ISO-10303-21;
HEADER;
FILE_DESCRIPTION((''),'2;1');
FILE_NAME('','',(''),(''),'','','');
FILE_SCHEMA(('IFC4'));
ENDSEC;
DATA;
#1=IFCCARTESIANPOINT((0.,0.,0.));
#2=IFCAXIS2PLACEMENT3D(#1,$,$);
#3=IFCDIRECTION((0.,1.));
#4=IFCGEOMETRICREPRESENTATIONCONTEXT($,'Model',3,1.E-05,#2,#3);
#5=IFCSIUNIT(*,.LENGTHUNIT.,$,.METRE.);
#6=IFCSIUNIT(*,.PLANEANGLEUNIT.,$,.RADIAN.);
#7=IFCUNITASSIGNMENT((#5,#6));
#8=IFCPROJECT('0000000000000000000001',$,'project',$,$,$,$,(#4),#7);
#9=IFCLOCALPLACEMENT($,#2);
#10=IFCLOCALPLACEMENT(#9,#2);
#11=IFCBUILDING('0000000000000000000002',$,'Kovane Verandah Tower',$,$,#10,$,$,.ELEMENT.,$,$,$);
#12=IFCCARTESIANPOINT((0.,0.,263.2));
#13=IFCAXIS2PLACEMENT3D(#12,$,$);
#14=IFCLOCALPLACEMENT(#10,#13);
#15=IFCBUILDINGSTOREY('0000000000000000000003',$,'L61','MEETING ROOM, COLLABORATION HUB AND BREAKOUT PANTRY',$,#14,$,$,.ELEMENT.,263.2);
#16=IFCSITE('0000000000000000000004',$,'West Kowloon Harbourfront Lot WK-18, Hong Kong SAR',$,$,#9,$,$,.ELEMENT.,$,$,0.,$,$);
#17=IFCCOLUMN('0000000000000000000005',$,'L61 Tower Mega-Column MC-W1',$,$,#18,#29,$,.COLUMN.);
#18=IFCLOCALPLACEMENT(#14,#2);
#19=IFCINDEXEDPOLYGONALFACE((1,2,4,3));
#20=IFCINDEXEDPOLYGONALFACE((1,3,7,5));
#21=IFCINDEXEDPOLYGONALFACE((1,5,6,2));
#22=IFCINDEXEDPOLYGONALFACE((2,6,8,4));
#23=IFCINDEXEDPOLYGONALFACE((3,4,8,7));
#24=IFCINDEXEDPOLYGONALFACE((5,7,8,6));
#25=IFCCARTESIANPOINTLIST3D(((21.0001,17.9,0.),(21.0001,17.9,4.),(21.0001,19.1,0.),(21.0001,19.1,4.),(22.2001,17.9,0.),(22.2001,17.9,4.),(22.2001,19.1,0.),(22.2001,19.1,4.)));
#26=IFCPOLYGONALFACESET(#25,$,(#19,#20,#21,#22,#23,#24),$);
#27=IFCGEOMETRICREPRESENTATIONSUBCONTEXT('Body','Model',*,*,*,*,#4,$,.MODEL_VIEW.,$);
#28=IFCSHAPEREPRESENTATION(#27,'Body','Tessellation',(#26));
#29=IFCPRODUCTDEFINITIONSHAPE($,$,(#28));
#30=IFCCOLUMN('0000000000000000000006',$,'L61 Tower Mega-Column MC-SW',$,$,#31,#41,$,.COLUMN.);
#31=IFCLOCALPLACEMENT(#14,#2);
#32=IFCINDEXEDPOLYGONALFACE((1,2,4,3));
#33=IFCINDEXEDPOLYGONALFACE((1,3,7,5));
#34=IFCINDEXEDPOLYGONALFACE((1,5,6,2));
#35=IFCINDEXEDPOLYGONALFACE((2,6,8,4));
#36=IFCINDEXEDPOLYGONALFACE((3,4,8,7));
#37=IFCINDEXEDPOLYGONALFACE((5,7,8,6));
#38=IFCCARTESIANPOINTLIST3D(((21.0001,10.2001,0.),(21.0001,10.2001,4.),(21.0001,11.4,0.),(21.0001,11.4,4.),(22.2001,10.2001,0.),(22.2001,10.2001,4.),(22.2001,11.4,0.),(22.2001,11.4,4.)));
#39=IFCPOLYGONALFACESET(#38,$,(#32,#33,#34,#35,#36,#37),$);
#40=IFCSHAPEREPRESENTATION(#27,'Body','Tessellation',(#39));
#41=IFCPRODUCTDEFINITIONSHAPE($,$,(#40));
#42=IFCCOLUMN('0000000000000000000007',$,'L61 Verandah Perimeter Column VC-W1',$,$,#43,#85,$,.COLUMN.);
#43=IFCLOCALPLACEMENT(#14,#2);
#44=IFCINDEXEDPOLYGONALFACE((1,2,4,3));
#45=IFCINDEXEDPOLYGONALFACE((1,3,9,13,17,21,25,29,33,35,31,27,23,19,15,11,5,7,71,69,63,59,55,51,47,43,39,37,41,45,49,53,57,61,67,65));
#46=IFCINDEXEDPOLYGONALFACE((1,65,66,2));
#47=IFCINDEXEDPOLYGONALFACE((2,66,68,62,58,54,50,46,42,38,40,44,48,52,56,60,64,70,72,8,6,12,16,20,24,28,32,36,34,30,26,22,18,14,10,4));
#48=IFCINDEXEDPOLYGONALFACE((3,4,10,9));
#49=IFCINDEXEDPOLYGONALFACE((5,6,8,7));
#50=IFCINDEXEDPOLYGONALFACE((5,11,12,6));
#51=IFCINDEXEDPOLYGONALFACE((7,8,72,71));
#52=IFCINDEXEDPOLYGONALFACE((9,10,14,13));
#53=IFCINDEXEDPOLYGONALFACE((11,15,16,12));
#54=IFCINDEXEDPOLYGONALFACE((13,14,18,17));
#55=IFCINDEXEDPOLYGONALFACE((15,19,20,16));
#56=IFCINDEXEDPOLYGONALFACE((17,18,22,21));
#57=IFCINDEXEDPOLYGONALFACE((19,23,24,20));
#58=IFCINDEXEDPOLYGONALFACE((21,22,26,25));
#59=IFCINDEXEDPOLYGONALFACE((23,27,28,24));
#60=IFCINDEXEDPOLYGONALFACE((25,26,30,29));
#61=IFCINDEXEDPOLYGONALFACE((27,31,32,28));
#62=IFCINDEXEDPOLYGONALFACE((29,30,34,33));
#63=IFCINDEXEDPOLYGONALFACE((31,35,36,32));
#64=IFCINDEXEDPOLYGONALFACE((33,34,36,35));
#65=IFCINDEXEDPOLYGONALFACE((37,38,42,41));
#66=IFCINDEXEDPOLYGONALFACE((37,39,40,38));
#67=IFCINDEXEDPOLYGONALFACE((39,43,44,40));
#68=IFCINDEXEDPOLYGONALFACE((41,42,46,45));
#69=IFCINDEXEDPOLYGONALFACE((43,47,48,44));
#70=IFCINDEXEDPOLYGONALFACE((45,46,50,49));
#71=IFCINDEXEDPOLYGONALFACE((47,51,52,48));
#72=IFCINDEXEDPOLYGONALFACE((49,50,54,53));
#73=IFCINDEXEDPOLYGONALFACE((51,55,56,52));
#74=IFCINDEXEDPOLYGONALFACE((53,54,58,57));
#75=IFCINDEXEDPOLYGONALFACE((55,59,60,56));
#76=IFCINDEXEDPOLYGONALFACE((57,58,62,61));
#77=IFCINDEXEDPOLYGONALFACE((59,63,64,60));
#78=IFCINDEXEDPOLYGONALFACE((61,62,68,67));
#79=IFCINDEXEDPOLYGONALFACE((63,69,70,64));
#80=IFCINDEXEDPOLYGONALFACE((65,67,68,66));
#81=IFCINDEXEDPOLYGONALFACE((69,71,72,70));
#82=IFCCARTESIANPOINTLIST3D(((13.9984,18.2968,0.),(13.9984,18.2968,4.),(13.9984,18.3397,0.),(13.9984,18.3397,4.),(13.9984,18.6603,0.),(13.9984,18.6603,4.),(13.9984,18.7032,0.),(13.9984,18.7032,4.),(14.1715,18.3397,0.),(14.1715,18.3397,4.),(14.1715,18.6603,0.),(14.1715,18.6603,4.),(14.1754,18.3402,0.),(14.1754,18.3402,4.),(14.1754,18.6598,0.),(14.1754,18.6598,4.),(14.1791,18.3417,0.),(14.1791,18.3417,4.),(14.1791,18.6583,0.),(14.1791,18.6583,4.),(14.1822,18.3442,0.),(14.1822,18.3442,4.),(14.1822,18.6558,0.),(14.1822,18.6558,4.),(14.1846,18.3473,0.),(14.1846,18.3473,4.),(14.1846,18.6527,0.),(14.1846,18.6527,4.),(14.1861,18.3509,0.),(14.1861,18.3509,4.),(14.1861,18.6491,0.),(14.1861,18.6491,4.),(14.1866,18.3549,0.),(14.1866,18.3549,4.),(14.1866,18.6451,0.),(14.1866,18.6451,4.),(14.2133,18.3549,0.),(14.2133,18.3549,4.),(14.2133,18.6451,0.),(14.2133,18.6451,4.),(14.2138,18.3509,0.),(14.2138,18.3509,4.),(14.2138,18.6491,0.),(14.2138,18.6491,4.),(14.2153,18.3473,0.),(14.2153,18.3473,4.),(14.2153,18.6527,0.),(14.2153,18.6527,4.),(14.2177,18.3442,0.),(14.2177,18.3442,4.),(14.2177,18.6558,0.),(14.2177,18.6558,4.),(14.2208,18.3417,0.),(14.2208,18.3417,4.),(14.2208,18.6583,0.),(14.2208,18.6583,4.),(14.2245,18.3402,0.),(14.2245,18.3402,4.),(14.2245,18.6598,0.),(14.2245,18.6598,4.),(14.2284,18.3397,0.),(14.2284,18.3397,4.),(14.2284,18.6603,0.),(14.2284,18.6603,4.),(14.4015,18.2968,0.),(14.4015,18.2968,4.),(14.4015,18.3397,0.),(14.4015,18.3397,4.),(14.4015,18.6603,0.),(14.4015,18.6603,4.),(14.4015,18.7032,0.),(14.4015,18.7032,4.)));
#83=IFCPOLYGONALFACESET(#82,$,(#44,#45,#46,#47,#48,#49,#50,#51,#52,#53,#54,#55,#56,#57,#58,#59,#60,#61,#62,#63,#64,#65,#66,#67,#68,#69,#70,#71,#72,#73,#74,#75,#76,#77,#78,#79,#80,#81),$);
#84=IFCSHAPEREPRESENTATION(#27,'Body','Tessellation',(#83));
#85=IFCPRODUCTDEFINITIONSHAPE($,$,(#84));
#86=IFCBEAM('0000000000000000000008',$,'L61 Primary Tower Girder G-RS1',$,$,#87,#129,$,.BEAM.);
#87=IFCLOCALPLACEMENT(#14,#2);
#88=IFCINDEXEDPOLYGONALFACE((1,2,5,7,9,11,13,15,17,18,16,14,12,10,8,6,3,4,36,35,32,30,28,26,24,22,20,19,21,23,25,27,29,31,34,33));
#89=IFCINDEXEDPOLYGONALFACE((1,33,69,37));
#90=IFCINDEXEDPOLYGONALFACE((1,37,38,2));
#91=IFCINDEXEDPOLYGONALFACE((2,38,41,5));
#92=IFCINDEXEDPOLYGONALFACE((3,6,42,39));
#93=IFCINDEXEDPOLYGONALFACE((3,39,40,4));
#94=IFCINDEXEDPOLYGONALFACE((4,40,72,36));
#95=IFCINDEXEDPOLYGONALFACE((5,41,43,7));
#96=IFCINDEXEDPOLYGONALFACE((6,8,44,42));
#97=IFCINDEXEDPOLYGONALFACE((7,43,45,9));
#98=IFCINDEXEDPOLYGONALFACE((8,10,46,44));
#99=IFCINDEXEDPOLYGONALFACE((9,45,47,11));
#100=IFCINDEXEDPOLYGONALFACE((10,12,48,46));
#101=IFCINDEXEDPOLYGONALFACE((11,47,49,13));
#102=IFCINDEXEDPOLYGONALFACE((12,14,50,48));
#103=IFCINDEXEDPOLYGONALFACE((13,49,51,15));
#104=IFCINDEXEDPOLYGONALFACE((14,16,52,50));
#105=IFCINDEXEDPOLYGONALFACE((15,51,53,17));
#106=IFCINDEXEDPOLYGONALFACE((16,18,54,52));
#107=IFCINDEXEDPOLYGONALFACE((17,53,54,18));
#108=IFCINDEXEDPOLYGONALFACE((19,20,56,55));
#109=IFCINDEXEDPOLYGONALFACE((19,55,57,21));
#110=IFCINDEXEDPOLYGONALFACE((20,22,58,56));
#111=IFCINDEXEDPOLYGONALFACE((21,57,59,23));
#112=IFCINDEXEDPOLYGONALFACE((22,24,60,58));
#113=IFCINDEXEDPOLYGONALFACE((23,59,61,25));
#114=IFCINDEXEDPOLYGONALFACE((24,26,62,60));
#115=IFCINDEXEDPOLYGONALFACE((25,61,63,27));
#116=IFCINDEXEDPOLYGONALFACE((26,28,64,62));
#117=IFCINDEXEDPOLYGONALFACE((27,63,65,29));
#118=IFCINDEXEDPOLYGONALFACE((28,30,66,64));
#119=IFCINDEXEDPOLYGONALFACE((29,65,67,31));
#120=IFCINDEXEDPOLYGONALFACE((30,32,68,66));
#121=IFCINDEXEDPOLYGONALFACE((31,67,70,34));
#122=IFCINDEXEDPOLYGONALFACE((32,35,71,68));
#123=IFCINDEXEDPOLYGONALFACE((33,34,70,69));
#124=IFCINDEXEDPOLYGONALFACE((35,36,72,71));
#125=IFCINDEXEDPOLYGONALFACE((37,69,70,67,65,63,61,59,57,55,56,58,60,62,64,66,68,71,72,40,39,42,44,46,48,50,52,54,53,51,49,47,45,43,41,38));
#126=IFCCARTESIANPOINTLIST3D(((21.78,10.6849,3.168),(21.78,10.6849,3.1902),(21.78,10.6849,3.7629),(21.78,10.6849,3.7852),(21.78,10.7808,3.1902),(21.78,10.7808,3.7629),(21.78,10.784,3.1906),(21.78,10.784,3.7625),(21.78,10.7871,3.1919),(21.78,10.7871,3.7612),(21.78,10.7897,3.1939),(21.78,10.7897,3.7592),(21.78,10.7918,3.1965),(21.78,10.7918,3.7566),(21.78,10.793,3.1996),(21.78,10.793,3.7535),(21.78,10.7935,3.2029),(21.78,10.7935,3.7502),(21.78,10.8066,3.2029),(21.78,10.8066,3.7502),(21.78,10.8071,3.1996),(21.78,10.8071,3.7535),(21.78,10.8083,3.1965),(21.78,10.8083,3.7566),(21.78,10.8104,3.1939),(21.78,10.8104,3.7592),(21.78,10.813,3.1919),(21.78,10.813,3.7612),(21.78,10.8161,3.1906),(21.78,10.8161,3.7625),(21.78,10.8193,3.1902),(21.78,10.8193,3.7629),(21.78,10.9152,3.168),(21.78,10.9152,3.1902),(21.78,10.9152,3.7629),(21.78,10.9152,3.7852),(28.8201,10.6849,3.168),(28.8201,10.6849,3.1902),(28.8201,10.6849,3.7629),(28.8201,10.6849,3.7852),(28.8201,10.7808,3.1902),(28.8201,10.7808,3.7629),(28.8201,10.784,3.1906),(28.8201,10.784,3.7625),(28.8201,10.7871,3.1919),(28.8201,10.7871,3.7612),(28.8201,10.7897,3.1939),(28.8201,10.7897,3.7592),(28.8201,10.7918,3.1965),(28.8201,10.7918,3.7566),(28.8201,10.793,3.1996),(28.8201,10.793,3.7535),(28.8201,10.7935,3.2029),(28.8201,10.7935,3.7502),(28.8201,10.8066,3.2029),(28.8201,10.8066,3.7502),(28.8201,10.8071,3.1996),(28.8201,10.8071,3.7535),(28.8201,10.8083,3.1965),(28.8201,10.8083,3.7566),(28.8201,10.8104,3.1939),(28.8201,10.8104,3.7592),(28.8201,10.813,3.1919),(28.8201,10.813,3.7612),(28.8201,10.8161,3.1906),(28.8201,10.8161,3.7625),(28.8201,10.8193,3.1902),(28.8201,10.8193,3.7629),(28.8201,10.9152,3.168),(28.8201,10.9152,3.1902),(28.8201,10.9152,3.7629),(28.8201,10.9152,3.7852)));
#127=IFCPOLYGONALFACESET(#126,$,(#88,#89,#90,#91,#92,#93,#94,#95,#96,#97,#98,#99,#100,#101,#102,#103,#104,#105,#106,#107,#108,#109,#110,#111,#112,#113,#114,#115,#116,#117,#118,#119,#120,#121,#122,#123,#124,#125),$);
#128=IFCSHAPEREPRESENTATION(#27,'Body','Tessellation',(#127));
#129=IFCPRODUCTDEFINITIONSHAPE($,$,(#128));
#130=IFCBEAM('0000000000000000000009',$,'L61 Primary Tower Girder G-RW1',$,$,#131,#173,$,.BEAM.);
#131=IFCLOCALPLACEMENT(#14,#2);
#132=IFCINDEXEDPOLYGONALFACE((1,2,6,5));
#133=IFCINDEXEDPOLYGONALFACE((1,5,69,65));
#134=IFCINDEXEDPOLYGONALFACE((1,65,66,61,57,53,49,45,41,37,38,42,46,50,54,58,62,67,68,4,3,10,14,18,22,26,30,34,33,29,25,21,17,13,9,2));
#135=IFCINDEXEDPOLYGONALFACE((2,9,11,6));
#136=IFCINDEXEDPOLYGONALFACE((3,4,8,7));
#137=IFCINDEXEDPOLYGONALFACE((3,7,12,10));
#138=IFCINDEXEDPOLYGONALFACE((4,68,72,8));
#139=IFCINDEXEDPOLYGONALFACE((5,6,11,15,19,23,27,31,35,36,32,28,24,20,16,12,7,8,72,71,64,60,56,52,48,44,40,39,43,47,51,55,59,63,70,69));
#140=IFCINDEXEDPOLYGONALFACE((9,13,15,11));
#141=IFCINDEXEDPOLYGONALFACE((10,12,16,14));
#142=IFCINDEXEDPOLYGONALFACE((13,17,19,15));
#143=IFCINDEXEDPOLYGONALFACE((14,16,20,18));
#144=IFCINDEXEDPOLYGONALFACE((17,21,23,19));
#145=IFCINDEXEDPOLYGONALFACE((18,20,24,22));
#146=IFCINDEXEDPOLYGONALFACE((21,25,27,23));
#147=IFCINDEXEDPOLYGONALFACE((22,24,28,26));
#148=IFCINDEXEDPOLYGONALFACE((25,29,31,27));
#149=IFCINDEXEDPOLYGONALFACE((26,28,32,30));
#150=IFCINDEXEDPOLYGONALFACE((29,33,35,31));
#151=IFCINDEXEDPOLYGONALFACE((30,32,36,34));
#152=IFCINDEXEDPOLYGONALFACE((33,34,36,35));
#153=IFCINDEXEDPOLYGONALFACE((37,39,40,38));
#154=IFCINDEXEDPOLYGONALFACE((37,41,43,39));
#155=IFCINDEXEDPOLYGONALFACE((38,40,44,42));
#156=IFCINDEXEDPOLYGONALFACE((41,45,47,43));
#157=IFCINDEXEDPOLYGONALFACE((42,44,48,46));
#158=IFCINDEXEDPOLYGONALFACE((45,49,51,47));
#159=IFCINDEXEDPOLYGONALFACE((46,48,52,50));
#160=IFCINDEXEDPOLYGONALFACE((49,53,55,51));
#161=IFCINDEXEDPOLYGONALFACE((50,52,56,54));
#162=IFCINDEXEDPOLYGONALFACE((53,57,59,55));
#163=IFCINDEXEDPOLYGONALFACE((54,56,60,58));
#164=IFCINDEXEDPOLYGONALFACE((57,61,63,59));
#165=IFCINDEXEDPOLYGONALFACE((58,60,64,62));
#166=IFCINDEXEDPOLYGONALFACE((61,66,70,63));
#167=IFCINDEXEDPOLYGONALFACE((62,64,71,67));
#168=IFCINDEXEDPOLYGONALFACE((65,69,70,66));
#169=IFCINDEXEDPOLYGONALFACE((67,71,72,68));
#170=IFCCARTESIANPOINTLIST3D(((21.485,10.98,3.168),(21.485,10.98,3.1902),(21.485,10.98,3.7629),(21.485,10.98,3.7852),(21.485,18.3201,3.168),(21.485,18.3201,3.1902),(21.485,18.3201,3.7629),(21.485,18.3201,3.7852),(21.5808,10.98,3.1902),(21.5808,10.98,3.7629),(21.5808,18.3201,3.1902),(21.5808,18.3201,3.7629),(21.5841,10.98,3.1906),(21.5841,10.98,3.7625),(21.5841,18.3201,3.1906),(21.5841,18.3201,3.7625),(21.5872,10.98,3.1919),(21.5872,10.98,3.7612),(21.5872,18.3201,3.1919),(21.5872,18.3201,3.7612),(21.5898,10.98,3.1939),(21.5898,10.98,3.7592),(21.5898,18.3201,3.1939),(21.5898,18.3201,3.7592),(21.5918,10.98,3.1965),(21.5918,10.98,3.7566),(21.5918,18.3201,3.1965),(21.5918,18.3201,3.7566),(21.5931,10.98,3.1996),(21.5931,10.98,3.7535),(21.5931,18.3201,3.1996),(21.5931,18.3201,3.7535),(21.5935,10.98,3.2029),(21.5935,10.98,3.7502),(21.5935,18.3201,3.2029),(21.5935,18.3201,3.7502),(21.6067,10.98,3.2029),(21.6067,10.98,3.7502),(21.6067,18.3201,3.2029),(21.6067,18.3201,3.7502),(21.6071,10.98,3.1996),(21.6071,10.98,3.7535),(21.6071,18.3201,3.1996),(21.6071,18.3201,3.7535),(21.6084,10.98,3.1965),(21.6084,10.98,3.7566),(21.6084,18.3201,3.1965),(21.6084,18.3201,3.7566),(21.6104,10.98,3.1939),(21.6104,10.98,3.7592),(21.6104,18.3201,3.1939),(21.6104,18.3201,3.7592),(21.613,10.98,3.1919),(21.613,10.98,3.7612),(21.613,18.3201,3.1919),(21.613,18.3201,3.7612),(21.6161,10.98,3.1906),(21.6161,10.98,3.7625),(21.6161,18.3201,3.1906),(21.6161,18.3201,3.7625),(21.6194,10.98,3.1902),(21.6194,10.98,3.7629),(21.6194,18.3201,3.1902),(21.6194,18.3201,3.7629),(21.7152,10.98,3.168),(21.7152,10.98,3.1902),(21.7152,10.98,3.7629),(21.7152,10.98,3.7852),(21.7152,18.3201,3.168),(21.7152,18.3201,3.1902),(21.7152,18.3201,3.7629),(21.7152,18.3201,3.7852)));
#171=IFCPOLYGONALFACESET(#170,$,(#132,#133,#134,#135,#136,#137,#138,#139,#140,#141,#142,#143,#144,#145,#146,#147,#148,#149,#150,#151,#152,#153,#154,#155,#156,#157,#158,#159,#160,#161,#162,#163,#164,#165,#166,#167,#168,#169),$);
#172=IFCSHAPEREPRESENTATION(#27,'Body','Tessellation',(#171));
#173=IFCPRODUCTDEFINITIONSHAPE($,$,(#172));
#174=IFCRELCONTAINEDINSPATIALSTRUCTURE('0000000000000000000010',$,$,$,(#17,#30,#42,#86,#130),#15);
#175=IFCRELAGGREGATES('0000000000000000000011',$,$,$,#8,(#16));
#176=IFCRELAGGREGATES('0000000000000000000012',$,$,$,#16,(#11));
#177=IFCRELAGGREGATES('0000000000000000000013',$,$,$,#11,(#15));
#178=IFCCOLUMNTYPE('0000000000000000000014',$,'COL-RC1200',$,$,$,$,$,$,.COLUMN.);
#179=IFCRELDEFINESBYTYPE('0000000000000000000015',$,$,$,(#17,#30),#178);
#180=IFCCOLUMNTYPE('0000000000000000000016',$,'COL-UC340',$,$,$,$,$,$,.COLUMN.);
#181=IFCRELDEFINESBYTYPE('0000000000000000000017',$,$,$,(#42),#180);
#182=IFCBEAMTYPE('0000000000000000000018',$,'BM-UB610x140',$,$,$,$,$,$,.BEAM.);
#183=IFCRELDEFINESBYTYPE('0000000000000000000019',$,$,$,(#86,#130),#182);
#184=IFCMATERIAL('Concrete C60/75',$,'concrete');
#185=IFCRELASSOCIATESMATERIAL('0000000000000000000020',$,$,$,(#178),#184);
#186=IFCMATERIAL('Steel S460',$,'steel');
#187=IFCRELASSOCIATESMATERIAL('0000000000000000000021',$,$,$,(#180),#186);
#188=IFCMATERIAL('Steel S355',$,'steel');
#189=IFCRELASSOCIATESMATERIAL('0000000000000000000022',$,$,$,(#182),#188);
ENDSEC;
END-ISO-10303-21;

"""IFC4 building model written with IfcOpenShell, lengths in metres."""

from ifc_helpers import new_model, si_unit, direction, frame, origin, origin_2d, place, context, subcontext, project, spatial, rectangle, i_section, extrude, material, material_profile, profile_set, type_object, element, save


model = new_model("IFC4")

# Units and contexts
model_context = context("Model", 3, precision=1e-05, world=origin(), true_north=direction((0.0, 1.0)))
body_context = subcontext(model_context, "Body", "Model", "MODEL_VIEW")
ifc_project = project(units=[si_unit("LENGTHUNIT", "METRE"), si_unit("PLANEANGLEUNIT", "RADIAN")], contexts=[model_context])

# Site, building, storey
site_placement = place(None, origin())
site = spatial("IfcSite", under=ifc_project, at=site_placement, Name="West Kowloon Harbourfront Lot WK-18, Hong Kong SAR", CompositionType="ELEMENT", RefElevation=0.0)
building_placement = place(site_placement, origin())
building = spatial("IfcBuilding", under=site, at=building_placement, Name="Kovane Verandah Tower", CompositionType="ELEMENT")
storey_placement = place(building_placement, frame((0.0, 0.0, 263.2)))
storey = spatial("IfcBuildingStorey", under=building, at=storey_placement, Name="L61", Description="MEETING ROOM, COLLABORATION HUB AND BREAKOUT PANTRY", CompositionType="ELEMENT", Elevation=263.2)

# Columns
ifc_material_1 = material(Name="Concrete C60/75", Category="concrete")
ifc_material_profile_1 = material_profile(ifc_material_1, rectangle(XDim=1.2, YDim=1.2, at=origin_2d()), Name="RC1200x1200")
ifc_profile_set_1 = profile_set([ifc_material_profile_1], Name="Concrete C60/75")
column_type_1 = type_object("IfcColumnType", Name="COL-RC1200", PredefinedType="COLUMN", material=ifc_profile_set_1)
for number, where, z_axis, x_axis, name in (
    (1, (21.6001, 18.5, 0.0), (0.0, 0.0, 1.0), (1.0, 0.0, 0.0), "L61 Tower Mega-Column MC-W1"),
    (2, (21.6001, 10.8, 0.0), (0.0, 0.0, 1.0), (1.0, 0.0, 0.0), "L61 Tower Mega-Column MC-SW"),
):
    element("IfcColumn", number, at=place(storey_placement, frame(where, z_axis=z_axis, x_axis=x_axis)), inside=storey, type_object=column_type_1, Name=name, PredefinedType="COLUMN", context=body_context, shape_type="SweptSolid", body=[
        extrude(rectangle(XDim=1.2, YDim=1.2, at=origin_2d()), origin(), (0.0, 0.0, 1.0), 4.0),
    ])
ifc_material_2 = material(Name="Steel S460", Category="steel")
ifc_material_profile_2 = material_profile(ifc_material_2, i_section(OverallWidth=0.4031, OverallDepth=0.4065, WebThickness=0.0266, FlangeThickness=0.043, FilletRadius=0.0151, at=origin_2d()), Name="UC356x406x340")
ifc_profile_set_2 = profile_set([ifc_material_profile_2], Name="Steel S460")
column_type_2 = type_object("IfcColumnType", Name="COL-UC340", PredefinedType="COLUMN", material=ifc_profile_set_2)
column_placement = place(storey_placement, frame((14.2, 18.5, 0.0), z_axis=(0.0, 0.0, 1.0), x_axis=(1.0, 0.0, 0.0)))
element("IfcColumn", 3, at=column_placement, inside=storey, type_object=column_type_2, Name="L61 Verandah Perimeter Column VC-W1", PredefinedType="COLUMN", context=body_context, shape_type="SweptSolid", body=[
    extrude(i_section(OverallWidth=0.4031, OverallDepth=0.4065, WebThickness=0.0266, FlangeThickness=0.043, FilletRadius=0.0151, at=origin_2d()), origin(), (0.0, 0.0, 1.0), 4.0),
])

# Beams
ifc_material_3 = material(Name="Steel S355", Category="steel")
ifc_material_profile_3 = material_profile(ifc_material_3, i_section(OverallWidth=0.2302, OverallDepth=0.6172, WebThickness=0.0132, FlangeThickness=0.0222, FilletRadius=0.0127, at=origin_2d()), Name="UB610x229x140")
ifc_profile_set_3 = profile_set([ifc_material_profile_3], Name="Steel S355")
beam_type = type_object("IfcBeamType", Name="BM-UB610x140", PredefinedType="BEAM", material=ifc_profile_set_3)
beam_1_placement = place(storey_placement, frame((21.78, 10.8, 3.4766), z_axis=(1.0, 0.0, 0.0), x_axis=(0.0, 1.0, 0.0)))
element("IfcBeam", 4, at=beam_1_placement, inside=storey, type_object=beam_type, Name="L61 Primary Tower Girder G-RS1", PredefinedType="BEAM", context=body_context, shape_type="SweptSolid", body=[
    extrude(i_section(OverallWidth=0.2302, OverallDepth=0.6172, WebThickness=0.0132, FlangeThickness=0.0222, FilletRadius=0.0127, at=origin_2d()), origin(), (0.0, 0.0, 1.0), 7.04),
])
beam_2_placement = place(storey_placement, frame((21.6001, 10.98, 3.4766), z_axis=(0.0, 1.0, 0.0), x_axis=(-1.0, 0.0, 0.0)))
element("IfcBeam", 5, at=beam_2_placement, inside=storey, type_object=beam_type, Name="L61 Primary Tower Girder G-RW1", PredefinedType="BEAM", context=body_context, shape_type="SweptSolid", body=[
    extrude(i_section(OverallWidth=0.2302, OverallDepth=0.6172, WebThickness=0.0132, FlangeThickness=0.0222, FilletRadius=0.0127, at=origin_2d()), origin(), (0.0, 0.0, 1.0), 7.3401),
])

save(model, "model.ifc")
